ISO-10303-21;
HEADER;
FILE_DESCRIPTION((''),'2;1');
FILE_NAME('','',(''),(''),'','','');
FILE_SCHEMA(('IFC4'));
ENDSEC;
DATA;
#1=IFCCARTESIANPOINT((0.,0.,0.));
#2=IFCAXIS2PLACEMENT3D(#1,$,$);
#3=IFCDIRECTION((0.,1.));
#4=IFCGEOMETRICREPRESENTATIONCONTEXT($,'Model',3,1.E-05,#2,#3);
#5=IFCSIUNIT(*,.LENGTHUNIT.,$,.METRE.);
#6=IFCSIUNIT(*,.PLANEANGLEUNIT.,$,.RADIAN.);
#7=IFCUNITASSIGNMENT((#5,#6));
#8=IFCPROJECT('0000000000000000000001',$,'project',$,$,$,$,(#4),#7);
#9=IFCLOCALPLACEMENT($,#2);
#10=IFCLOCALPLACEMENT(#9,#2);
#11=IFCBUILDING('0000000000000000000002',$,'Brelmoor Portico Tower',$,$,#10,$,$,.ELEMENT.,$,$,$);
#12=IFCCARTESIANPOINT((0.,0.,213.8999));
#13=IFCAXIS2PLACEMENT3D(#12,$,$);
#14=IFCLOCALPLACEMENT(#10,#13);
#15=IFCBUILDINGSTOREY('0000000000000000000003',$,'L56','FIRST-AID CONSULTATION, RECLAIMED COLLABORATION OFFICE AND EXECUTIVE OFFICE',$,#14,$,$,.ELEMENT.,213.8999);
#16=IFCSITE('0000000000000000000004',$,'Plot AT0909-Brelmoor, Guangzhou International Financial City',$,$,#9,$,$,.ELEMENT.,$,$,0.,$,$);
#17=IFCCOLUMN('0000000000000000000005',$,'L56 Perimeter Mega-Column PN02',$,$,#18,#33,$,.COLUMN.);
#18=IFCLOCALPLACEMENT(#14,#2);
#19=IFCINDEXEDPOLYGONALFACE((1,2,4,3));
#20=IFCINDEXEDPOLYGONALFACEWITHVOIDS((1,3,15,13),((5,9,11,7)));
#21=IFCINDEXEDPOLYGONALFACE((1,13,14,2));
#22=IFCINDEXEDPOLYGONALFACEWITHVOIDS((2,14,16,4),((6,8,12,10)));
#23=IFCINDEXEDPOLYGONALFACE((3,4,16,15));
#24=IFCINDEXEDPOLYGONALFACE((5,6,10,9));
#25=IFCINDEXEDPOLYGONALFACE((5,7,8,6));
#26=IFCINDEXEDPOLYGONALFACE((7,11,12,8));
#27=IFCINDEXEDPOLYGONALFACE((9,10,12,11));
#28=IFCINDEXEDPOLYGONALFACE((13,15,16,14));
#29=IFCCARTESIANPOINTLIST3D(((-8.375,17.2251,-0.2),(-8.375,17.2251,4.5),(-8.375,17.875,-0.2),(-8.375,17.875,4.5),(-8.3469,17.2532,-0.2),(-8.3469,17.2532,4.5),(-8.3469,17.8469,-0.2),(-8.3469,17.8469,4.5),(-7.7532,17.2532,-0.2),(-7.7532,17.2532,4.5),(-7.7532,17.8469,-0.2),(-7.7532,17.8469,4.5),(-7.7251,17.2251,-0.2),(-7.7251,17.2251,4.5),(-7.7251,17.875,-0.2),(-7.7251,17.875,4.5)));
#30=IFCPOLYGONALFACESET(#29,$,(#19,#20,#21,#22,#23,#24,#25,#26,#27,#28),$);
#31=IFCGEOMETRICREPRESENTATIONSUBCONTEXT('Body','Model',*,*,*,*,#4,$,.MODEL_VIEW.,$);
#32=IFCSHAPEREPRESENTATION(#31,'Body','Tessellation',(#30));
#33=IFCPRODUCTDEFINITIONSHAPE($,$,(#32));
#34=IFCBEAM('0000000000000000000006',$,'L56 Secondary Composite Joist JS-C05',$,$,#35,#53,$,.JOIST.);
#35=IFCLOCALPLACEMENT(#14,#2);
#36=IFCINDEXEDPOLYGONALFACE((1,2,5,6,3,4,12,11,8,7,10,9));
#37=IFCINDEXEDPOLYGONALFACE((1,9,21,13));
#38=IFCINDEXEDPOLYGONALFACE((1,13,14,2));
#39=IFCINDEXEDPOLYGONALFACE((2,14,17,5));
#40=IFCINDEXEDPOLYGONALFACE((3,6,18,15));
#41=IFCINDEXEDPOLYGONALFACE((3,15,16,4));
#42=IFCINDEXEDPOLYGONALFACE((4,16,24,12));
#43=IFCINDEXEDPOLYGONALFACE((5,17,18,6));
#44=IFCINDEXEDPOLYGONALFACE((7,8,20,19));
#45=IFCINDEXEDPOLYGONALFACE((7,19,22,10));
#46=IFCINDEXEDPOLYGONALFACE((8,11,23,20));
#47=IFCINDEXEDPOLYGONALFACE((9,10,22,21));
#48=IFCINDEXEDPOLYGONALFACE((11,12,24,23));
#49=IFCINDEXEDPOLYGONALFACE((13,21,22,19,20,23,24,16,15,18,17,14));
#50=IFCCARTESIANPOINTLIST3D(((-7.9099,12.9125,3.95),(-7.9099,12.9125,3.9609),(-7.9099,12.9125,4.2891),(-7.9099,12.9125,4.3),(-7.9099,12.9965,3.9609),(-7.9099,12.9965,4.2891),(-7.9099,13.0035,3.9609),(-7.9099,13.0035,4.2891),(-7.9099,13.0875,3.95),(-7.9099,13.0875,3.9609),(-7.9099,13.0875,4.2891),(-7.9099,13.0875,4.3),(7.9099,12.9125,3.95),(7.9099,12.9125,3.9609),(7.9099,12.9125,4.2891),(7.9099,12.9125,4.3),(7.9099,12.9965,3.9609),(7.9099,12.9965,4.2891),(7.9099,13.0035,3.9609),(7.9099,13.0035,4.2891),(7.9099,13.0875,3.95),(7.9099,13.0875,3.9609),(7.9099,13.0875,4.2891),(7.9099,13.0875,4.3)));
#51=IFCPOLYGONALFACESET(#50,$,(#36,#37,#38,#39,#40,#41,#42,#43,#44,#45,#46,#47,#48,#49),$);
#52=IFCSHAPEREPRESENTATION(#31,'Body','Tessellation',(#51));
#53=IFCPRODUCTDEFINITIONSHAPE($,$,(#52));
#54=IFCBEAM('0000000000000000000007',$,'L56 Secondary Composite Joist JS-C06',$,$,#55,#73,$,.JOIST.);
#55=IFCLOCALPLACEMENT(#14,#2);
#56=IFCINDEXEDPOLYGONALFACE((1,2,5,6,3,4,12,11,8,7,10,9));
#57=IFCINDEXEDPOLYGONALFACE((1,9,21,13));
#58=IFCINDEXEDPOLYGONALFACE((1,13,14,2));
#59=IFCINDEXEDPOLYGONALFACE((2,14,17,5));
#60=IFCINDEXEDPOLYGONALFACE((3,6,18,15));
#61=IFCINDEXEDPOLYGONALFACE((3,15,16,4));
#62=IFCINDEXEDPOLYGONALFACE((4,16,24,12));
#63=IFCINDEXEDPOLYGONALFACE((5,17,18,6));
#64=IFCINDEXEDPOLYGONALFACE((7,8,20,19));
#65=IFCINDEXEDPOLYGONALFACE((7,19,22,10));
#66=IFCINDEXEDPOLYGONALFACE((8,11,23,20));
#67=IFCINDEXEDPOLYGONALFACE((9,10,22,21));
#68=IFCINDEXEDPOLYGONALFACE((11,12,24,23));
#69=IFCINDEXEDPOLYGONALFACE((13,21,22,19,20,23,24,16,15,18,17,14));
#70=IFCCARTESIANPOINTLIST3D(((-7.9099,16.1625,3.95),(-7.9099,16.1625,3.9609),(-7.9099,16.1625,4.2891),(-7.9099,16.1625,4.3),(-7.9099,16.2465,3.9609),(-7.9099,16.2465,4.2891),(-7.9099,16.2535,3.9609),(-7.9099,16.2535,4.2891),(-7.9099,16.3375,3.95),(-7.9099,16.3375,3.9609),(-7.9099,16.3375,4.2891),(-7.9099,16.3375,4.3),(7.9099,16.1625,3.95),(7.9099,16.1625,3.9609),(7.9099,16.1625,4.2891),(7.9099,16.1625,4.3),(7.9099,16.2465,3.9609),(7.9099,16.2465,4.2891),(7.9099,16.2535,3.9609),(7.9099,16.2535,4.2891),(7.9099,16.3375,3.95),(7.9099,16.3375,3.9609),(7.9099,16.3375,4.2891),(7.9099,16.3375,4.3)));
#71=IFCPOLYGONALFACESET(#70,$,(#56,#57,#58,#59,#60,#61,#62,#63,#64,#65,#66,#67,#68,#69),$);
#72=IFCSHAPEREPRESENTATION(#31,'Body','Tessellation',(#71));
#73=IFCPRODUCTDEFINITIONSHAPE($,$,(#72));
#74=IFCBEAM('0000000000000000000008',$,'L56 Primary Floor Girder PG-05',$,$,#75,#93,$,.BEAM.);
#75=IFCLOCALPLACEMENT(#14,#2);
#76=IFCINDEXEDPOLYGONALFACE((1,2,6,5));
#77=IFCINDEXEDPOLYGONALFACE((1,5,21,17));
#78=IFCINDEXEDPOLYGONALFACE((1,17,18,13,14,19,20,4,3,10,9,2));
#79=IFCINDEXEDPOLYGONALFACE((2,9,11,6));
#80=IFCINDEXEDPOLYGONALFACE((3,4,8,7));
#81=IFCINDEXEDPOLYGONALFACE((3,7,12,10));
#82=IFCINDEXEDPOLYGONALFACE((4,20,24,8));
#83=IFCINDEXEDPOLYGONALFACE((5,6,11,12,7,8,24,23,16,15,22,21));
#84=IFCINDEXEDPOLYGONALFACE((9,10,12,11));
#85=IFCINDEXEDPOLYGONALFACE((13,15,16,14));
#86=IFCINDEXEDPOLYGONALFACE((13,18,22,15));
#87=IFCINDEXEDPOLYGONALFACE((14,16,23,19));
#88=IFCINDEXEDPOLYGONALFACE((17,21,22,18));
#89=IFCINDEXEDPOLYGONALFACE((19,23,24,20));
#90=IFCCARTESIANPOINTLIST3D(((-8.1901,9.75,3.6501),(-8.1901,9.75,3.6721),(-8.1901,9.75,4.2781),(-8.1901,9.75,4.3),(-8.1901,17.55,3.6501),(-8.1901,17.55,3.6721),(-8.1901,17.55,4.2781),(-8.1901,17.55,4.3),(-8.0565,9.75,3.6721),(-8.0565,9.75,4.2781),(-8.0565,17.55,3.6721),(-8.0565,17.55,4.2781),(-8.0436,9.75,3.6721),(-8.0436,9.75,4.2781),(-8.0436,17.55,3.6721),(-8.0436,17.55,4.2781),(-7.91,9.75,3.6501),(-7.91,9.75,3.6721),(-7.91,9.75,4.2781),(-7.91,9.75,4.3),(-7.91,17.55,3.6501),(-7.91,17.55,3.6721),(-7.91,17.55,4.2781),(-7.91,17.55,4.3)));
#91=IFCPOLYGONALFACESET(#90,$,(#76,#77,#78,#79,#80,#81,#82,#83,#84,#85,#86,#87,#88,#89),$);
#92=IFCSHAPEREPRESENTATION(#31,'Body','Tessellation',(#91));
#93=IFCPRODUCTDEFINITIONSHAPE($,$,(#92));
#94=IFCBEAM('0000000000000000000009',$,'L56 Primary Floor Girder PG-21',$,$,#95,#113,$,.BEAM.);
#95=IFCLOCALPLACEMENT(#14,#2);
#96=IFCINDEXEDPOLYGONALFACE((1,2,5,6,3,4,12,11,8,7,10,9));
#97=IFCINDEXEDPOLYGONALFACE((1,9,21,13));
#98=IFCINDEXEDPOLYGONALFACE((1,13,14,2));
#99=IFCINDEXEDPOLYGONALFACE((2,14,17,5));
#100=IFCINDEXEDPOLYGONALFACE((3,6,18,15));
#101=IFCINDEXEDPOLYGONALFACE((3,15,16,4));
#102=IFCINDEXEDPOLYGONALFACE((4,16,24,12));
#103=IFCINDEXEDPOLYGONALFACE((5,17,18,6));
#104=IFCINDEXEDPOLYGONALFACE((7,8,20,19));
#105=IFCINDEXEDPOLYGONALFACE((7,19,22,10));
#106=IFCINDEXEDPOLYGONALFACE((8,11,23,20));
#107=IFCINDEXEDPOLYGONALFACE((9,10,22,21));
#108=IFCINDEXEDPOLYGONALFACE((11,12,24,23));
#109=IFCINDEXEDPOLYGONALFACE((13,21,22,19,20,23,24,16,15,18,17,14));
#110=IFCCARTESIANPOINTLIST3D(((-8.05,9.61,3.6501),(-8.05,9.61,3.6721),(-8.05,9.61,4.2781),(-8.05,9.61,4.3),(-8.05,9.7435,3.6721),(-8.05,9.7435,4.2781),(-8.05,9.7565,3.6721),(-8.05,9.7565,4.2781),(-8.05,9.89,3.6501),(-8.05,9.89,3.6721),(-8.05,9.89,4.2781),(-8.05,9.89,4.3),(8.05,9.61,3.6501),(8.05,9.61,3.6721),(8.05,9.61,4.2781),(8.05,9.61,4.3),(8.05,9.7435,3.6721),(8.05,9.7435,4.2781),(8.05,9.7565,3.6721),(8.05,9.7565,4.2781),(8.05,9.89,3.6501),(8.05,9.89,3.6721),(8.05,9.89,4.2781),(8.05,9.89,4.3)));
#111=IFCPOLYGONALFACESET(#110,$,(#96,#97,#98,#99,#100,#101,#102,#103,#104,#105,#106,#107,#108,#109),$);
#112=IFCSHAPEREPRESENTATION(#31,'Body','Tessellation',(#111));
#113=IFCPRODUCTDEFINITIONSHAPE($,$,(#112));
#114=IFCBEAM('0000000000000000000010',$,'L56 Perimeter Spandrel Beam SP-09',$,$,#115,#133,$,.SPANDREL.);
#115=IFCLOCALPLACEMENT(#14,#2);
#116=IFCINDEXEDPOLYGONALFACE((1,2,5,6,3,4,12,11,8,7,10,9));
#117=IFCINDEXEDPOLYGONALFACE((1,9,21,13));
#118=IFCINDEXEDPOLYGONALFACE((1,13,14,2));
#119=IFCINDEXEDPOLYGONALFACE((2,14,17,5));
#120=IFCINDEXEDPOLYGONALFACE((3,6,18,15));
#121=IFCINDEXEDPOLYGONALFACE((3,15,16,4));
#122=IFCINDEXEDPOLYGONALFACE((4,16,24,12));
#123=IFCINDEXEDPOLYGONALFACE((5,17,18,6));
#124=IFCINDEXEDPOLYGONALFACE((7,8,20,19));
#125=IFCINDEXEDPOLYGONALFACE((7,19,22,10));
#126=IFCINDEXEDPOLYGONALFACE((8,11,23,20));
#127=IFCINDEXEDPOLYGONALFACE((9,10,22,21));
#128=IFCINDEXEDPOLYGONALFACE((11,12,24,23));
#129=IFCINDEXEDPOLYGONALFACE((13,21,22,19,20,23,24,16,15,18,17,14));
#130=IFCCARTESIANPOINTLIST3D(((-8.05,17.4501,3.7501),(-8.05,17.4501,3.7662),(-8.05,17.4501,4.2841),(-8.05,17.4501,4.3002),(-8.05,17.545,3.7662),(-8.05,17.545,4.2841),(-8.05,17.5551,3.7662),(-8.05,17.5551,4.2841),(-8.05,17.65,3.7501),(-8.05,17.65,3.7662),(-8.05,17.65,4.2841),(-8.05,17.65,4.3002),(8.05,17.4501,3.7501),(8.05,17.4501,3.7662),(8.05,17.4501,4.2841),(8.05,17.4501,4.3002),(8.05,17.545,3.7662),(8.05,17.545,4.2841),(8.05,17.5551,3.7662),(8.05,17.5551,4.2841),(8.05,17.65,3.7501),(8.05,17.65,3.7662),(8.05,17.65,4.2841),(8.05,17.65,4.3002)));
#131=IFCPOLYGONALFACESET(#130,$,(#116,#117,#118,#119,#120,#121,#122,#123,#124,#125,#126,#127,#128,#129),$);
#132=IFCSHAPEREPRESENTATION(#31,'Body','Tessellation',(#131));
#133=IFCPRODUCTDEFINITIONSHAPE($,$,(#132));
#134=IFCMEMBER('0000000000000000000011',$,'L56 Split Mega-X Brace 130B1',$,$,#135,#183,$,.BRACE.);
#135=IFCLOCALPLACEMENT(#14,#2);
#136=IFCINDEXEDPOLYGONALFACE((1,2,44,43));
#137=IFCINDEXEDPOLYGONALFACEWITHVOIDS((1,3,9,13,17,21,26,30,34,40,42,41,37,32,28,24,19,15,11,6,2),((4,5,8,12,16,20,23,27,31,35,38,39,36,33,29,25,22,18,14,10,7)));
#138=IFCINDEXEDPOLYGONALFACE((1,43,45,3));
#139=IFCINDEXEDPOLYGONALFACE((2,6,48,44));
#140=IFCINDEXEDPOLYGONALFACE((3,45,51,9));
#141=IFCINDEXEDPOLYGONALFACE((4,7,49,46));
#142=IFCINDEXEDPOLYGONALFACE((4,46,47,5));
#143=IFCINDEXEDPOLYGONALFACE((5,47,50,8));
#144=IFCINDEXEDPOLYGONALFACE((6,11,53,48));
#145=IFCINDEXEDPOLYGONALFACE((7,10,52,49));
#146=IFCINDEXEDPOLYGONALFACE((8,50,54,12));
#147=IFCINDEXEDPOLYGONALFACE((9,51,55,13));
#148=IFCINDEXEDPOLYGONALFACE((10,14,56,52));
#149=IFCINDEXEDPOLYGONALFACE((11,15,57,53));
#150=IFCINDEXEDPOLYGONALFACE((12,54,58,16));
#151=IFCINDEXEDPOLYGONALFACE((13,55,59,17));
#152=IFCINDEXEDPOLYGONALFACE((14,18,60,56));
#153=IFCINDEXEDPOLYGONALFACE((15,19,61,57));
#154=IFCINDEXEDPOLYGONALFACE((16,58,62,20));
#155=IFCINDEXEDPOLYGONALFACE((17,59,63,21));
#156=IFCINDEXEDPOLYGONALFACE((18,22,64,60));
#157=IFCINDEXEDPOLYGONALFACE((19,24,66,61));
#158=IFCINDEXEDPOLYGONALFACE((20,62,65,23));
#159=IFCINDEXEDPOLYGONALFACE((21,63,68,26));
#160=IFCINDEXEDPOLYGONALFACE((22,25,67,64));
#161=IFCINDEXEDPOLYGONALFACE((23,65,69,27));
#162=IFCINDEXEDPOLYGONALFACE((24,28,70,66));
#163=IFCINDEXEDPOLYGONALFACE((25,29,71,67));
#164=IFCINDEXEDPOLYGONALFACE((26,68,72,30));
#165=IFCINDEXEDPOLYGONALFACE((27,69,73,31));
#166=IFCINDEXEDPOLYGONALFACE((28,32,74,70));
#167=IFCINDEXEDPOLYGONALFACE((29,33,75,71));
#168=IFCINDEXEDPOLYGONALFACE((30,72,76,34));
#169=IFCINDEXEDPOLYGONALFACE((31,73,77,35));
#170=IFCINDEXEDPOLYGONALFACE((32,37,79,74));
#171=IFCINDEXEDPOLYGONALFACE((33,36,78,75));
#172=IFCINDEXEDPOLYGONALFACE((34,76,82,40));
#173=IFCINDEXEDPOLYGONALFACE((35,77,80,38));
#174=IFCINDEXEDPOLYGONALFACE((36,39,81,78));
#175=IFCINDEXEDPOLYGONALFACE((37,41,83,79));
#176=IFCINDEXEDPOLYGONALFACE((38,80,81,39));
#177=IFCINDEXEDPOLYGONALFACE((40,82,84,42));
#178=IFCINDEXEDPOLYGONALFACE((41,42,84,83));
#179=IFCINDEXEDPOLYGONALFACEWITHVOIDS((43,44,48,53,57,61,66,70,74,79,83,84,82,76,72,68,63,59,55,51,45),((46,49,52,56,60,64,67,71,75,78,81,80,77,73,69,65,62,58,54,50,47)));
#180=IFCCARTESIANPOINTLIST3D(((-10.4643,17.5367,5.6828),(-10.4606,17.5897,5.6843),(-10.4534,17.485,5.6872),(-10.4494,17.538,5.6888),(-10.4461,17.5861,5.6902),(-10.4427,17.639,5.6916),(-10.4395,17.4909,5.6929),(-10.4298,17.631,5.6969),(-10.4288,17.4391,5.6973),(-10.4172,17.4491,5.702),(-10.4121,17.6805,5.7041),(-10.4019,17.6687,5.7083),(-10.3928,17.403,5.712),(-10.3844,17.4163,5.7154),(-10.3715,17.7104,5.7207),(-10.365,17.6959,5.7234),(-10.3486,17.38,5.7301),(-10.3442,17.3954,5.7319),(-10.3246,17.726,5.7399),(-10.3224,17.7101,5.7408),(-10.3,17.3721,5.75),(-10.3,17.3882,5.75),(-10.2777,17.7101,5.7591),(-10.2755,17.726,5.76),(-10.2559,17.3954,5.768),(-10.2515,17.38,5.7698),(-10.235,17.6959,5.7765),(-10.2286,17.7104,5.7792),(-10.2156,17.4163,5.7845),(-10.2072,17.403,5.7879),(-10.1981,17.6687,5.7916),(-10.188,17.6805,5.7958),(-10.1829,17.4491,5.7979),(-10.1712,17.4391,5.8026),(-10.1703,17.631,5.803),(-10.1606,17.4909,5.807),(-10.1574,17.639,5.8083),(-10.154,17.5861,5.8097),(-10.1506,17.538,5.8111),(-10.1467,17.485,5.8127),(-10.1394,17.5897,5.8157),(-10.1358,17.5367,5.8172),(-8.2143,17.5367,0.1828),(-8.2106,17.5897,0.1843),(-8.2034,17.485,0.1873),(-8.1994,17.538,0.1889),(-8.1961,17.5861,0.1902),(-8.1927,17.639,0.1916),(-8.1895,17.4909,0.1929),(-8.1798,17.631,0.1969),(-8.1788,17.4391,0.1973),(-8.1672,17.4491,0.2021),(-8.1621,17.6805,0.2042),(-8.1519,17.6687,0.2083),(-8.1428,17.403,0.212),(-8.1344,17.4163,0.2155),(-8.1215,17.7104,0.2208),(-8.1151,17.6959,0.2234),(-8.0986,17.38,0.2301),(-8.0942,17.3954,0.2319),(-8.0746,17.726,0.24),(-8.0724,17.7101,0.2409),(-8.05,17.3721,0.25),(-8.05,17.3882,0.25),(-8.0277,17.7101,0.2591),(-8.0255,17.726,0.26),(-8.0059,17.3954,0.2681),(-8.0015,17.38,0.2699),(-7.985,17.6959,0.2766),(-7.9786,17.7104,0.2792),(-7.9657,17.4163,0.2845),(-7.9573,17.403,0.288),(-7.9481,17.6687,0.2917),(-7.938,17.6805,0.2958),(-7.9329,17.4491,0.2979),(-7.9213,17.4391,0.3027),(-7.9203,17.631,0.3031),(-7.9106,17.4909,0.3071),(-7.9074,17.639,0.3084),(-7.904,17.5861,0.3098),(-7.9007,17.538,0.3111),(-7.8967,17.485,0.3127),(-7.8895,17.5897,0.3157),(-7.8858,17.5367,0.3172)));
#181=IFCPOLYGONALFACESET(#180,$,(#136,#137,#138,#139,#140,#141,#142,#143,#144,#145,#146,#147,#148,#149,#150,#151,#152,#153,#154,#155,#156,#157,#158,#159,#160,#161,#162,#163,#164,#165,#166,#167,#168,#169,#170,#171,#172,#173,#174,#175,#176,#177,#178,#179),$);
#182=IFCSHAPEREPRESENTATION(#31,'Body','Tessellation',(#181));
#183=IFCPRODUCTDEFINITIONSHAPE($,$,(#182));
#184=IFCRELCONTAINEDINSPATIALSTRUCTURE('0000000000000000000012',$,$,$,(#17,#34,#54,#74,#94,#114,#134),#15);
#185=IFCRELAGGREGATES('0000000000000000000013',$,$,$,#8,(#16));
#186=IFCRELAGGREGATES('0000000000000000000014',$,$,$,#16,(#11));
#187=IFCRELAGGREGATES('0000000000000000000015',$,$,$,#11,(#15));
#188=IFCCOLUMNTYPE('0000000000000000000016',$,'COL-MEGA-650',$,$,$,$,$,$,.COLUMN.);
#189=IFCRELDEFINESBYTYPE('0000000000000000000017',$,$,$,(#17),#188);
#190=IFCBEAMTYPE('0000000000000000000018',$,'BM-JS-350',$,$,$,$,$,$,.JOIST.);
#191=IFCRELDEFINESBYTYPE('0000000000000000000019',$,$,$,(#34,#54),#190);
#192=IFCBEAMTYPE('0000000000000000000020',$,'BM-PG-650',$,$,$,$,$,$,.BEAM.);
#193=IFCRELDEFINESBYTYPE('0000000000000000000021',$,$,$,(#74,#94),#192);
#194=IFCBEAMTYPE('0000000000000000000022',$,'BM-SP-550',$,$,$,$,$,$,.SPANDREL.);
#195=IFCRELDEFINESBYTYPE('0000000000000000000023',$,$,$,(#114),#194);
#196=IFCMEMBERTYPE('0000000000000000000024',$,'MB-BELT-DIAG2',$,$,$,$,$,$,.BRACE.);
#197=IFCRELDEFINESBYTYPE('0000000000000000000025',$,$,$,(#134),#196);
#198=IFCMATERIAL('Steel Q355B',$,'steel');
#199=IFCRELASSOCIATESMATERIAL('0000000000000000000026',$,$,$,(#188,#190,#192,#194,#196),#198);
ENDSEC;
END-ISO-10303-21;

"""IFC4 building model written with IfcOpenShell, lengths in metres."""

from ifc_helpers import new_model, si_unit, direction, frame, origin, origin_2d, place, context, subcontext, project, spatial, hollow_rectangle, hollow_circle, i_section, extrude, material, material_profile, profile_set, type_object, element, save


model = new_model("IFC4")

# Units and contexts
model_context = context("Model", 3, precision=1e-05, world=origin(), true_north=direction((0.0, 1.0)))
body_context = subcontext(model_context, "Body", "Model", "MODEL_VIEW")
ifc_project = project(units=[si_unit("LENGTHUNIT", "METRE"), si_unit("PLANEANGLEUNIT", "RADIAN")], contexts=[model_context])

# Site, building, storey
site_placement = place(None, origin())
site = spatial("IfcSite", under=ifc_project, at=site_placement, Name="Plot AT0909-Brelmoor, Guangzhou International Financial City", CompositionType="ELEMENT", RefElevation=0.0)
building_placement = place(site_placement, origin())
building = spatial("IfcBuilding", under=site, at=building_placement, Name="Brelmoor Portico Tower", CompositionType="ELEMENT")
storey_placement = place(building_placement, frame((0.0, 0.0, 213.8999)))
storey = spatial("IfcBuildingStorey", under=building, at=storey_placement, Name="L56", Description="FIRST-AID CONSULTATION, RECLAIMED COLLABORATION OFFICE AND EXECUTIVE OFFICE", CompositionType="ELEMENT", Elevation=213.8999)

# Column
ifc_material_1 = material(Name="Steel Q355B", Category="steel")
ifc_material_profile_1 = material_profile(ifc_material_1, hollow_rectangle(XDim=0.6499, YDim=0.6499, WallThickness=0.0281, at=origin_2d()), Name="BOX 650x650x28")
ifc_profile_set_1 = profile_set([ifc_material_profile_1], Name="Steel Q355B")
column_type = type_object("IfcColumnType", Name="COL-MEGA-650", PredefinedType="COLUMN", material=ifc_profile_set_1)
column_placement = place(storey_placement, frame((-8.05, 17.55, -0.2), z_axis=(0.0, 0.0, 1.0), x_axis=(1.0, 0.0, 0.0)))
element("IfcColumn", 1, at=column_placement, inside=storey, type_object=column_type, Name="L56 Perimeter Mega-Column PN02", PredefinedType="COLUMN", context=body_context, shape_type="SweptSolid", body=[
    extrude(hollow_rectangle(XDim=0.6499, YDim=0.6499, WallThickness=0.0281, at=origin_2d()), origin(), (0.0, 0.0, 1.0), 4.7),
])

# Beams
ifc_material_profile_2 = material_profile(ifc_material_1, i_section(OverallWidth=0.175, OverallDepth=0.3501, WebThickness=0.0071, FlangeThickness=0.011, at=origin_2d()), Name="HN 350x175x7x11")
ifc_profile_set_2 = profile_set([ifc_material_profile_2], Name="Steel Q355B")
beam_type_1 = type_object("IfcBeamType", Name="BM-JS-350", PredefinedType="JOIST", material=ifc_profile_set_2)
for number, where, z_axis, x_axis, name in (
    (2, (-7.9099, 13.0, 4.125), (1.0, 0.0, 0.0), (0.0, 1.0, 0.0), "L56 Secondary Composite Joist JS-C05"),
    (3, (-7.9099, 16.25, 4.125), (1.0, 0.0, 0.0), (0.0, 1.0, 0.0), "L56 Secondary Composite Joist JS-C06"),
):
    element("IfcBeam", number, at=place(storey_placement, frame(where, z_axis=z_axis, x_axis=x_axis)), inside=storey, type_object=beam_type_1, Name=name, PredefinedType="JOIST", context=body_context, shape_type="SweptSolid", body=[
        extrude(i_section(OverallWidth=0.175, OverallDepth=0.3501, WebThickness=0.0071, FlangeThickness=0.011, at=origin_2d()), origin(), (0.0, 0.0, 1.0), 15.8198),
    ])
ifc_material_profile_3 = material_profile(ifc_material_1, i_section(OverallWidth=0.28, OverallDepth=0.6499, WebThickness=0.0129, FlangeThickness=0.022, at=origin_2d()), Name="HN 650x280x13x22")
ifc_profile_set_3 = profile_set([ifc_material_profile_3], Name="Steel Q355B")
beam_type_2 = type_object("IfcBeamType", Name="BM-PG-650", PredefinedType="BEAM", material=ifc_profile_set_3)
beam_1_placement = place(storey_placement, frame((-8.05, 9.75, 3.9751), z_axis=(0.0, 1.0, 0.0), x_axis=(-1.0, 0.0, 0.0)))
element("IfcBeam", 4, at=beam_1_placement, inside=storey, type_object=beam_type_2, Name="L56 Primary Floor Girder PG-05", PredefinedType="BEAM", context=body_context, shape_type="SweptSolid", body=[
    extrude(i_section(OverallWidth=0.28, OverallDepth=0.6499, WebThickness=0.0129, FlangeThickness=0.022, at=origin_2d()), origin(), (0.0, 0.0, 1.0), 7.8),
])
beam_2_placement = place(storey_placement, frame((-8.05, 9.75, 3.9751), z_axis=(1.0, 0.0, 0.0), x_axis=(0.0, 1.0, 0.0)))
element("IfcBeam", 5, at=beam_2_placement, inside=storey, type_object=beam_type_2, Name="L56 Primary Floor Girder PG-21", PredefinedType="BEAM", context=body_context, shape_type="SweptSolid", body=[
    extrude(i_section(OverallWidth=0.28, OverallDepth=0.6499, WebThickness=0.0129, FlangeThickness=0.022, at=origin_2d()), origin(), (0.0, 0.0, 1.0), 16.1001),
])
ifc_material_profile_4 = material_profile(ifc_material_1, i_section(OverallWidth=0.2, OverallDepth=0.55, WebThickness=0.01, FlangeThickness=0.0161, at=origin_2d()), Name="HN 550x200x10x16")
ifc_profile_set_4 = profile_set([ifc_material_profile_4], Name="Steel Q355B")
beam_type_3 = type_object("IfcBeamType", Name="BM-SP-550", PredefinedType="SPANDREL", material=ifc_profile_set_4)
beam_3_placement = place(storey_placement, frame((-8.05, 17.55, 4.0251), z_axis=(1.0, 0.0, 0.0), x_axis=(0.0, 1.0, 0.0)))
element("IfcBeam", 6, at=beam_3_placement, inside=storey, type_object=beam_type_3, Name="L56 Perimeter Spandrel Beam SP-09", PredefinedType="SPANDREL", context=body_context, shape_type="SweptSolid", body=[
    extrude(i_section(OverallWidth=0.2, OverallDepth=0.55, WebThickness=0.01, FlangeThickness=0.0161, at=origin_2d()), origin(), (0.0, 0.0, 1.0), 16.1001),
])

# Member
ifc_material_profile_5 = material_profile(ifc_material_1, hollow_circle(Radius=0.178, WallThickness=0.0161, at=origin_2d()), Name="CHS 356x16")
ifc_profile_set_5 = profile_set([ifc_material_profile_5], Name="Steel Q355B")
member_type_1 = type_object("IfcMemberType", Name="MB-BELT-DIAG2", PredefinedType="BRACE", material=ifc_profile_set_5)
for number, where, z_axis, x_axis, name in (
    (7, (-8.05, 17.55, 0.25), (-0.378633, 0.0, 0.925547), (0.0, -1.0, 0.0), "L56 Split Mega-X Brace 130B1"),
):
    element("IfcMember", number, at=place(storey_placement, frame(where, z_axis=z_axis, x_axis=x_axis)), inside=storey, type_object=member_type_1, Name=name, PredefinedType="BRACE", context=body_context, shape_type="SweptSolid", body=[
        extrude(hollow_circle(Radius=0.178, WallThickness=0.0161, at=origin_2d()), origin(), (0.0, 0.0, 1.0), 5.9424),
    ])

save(model, "model.ifc")
